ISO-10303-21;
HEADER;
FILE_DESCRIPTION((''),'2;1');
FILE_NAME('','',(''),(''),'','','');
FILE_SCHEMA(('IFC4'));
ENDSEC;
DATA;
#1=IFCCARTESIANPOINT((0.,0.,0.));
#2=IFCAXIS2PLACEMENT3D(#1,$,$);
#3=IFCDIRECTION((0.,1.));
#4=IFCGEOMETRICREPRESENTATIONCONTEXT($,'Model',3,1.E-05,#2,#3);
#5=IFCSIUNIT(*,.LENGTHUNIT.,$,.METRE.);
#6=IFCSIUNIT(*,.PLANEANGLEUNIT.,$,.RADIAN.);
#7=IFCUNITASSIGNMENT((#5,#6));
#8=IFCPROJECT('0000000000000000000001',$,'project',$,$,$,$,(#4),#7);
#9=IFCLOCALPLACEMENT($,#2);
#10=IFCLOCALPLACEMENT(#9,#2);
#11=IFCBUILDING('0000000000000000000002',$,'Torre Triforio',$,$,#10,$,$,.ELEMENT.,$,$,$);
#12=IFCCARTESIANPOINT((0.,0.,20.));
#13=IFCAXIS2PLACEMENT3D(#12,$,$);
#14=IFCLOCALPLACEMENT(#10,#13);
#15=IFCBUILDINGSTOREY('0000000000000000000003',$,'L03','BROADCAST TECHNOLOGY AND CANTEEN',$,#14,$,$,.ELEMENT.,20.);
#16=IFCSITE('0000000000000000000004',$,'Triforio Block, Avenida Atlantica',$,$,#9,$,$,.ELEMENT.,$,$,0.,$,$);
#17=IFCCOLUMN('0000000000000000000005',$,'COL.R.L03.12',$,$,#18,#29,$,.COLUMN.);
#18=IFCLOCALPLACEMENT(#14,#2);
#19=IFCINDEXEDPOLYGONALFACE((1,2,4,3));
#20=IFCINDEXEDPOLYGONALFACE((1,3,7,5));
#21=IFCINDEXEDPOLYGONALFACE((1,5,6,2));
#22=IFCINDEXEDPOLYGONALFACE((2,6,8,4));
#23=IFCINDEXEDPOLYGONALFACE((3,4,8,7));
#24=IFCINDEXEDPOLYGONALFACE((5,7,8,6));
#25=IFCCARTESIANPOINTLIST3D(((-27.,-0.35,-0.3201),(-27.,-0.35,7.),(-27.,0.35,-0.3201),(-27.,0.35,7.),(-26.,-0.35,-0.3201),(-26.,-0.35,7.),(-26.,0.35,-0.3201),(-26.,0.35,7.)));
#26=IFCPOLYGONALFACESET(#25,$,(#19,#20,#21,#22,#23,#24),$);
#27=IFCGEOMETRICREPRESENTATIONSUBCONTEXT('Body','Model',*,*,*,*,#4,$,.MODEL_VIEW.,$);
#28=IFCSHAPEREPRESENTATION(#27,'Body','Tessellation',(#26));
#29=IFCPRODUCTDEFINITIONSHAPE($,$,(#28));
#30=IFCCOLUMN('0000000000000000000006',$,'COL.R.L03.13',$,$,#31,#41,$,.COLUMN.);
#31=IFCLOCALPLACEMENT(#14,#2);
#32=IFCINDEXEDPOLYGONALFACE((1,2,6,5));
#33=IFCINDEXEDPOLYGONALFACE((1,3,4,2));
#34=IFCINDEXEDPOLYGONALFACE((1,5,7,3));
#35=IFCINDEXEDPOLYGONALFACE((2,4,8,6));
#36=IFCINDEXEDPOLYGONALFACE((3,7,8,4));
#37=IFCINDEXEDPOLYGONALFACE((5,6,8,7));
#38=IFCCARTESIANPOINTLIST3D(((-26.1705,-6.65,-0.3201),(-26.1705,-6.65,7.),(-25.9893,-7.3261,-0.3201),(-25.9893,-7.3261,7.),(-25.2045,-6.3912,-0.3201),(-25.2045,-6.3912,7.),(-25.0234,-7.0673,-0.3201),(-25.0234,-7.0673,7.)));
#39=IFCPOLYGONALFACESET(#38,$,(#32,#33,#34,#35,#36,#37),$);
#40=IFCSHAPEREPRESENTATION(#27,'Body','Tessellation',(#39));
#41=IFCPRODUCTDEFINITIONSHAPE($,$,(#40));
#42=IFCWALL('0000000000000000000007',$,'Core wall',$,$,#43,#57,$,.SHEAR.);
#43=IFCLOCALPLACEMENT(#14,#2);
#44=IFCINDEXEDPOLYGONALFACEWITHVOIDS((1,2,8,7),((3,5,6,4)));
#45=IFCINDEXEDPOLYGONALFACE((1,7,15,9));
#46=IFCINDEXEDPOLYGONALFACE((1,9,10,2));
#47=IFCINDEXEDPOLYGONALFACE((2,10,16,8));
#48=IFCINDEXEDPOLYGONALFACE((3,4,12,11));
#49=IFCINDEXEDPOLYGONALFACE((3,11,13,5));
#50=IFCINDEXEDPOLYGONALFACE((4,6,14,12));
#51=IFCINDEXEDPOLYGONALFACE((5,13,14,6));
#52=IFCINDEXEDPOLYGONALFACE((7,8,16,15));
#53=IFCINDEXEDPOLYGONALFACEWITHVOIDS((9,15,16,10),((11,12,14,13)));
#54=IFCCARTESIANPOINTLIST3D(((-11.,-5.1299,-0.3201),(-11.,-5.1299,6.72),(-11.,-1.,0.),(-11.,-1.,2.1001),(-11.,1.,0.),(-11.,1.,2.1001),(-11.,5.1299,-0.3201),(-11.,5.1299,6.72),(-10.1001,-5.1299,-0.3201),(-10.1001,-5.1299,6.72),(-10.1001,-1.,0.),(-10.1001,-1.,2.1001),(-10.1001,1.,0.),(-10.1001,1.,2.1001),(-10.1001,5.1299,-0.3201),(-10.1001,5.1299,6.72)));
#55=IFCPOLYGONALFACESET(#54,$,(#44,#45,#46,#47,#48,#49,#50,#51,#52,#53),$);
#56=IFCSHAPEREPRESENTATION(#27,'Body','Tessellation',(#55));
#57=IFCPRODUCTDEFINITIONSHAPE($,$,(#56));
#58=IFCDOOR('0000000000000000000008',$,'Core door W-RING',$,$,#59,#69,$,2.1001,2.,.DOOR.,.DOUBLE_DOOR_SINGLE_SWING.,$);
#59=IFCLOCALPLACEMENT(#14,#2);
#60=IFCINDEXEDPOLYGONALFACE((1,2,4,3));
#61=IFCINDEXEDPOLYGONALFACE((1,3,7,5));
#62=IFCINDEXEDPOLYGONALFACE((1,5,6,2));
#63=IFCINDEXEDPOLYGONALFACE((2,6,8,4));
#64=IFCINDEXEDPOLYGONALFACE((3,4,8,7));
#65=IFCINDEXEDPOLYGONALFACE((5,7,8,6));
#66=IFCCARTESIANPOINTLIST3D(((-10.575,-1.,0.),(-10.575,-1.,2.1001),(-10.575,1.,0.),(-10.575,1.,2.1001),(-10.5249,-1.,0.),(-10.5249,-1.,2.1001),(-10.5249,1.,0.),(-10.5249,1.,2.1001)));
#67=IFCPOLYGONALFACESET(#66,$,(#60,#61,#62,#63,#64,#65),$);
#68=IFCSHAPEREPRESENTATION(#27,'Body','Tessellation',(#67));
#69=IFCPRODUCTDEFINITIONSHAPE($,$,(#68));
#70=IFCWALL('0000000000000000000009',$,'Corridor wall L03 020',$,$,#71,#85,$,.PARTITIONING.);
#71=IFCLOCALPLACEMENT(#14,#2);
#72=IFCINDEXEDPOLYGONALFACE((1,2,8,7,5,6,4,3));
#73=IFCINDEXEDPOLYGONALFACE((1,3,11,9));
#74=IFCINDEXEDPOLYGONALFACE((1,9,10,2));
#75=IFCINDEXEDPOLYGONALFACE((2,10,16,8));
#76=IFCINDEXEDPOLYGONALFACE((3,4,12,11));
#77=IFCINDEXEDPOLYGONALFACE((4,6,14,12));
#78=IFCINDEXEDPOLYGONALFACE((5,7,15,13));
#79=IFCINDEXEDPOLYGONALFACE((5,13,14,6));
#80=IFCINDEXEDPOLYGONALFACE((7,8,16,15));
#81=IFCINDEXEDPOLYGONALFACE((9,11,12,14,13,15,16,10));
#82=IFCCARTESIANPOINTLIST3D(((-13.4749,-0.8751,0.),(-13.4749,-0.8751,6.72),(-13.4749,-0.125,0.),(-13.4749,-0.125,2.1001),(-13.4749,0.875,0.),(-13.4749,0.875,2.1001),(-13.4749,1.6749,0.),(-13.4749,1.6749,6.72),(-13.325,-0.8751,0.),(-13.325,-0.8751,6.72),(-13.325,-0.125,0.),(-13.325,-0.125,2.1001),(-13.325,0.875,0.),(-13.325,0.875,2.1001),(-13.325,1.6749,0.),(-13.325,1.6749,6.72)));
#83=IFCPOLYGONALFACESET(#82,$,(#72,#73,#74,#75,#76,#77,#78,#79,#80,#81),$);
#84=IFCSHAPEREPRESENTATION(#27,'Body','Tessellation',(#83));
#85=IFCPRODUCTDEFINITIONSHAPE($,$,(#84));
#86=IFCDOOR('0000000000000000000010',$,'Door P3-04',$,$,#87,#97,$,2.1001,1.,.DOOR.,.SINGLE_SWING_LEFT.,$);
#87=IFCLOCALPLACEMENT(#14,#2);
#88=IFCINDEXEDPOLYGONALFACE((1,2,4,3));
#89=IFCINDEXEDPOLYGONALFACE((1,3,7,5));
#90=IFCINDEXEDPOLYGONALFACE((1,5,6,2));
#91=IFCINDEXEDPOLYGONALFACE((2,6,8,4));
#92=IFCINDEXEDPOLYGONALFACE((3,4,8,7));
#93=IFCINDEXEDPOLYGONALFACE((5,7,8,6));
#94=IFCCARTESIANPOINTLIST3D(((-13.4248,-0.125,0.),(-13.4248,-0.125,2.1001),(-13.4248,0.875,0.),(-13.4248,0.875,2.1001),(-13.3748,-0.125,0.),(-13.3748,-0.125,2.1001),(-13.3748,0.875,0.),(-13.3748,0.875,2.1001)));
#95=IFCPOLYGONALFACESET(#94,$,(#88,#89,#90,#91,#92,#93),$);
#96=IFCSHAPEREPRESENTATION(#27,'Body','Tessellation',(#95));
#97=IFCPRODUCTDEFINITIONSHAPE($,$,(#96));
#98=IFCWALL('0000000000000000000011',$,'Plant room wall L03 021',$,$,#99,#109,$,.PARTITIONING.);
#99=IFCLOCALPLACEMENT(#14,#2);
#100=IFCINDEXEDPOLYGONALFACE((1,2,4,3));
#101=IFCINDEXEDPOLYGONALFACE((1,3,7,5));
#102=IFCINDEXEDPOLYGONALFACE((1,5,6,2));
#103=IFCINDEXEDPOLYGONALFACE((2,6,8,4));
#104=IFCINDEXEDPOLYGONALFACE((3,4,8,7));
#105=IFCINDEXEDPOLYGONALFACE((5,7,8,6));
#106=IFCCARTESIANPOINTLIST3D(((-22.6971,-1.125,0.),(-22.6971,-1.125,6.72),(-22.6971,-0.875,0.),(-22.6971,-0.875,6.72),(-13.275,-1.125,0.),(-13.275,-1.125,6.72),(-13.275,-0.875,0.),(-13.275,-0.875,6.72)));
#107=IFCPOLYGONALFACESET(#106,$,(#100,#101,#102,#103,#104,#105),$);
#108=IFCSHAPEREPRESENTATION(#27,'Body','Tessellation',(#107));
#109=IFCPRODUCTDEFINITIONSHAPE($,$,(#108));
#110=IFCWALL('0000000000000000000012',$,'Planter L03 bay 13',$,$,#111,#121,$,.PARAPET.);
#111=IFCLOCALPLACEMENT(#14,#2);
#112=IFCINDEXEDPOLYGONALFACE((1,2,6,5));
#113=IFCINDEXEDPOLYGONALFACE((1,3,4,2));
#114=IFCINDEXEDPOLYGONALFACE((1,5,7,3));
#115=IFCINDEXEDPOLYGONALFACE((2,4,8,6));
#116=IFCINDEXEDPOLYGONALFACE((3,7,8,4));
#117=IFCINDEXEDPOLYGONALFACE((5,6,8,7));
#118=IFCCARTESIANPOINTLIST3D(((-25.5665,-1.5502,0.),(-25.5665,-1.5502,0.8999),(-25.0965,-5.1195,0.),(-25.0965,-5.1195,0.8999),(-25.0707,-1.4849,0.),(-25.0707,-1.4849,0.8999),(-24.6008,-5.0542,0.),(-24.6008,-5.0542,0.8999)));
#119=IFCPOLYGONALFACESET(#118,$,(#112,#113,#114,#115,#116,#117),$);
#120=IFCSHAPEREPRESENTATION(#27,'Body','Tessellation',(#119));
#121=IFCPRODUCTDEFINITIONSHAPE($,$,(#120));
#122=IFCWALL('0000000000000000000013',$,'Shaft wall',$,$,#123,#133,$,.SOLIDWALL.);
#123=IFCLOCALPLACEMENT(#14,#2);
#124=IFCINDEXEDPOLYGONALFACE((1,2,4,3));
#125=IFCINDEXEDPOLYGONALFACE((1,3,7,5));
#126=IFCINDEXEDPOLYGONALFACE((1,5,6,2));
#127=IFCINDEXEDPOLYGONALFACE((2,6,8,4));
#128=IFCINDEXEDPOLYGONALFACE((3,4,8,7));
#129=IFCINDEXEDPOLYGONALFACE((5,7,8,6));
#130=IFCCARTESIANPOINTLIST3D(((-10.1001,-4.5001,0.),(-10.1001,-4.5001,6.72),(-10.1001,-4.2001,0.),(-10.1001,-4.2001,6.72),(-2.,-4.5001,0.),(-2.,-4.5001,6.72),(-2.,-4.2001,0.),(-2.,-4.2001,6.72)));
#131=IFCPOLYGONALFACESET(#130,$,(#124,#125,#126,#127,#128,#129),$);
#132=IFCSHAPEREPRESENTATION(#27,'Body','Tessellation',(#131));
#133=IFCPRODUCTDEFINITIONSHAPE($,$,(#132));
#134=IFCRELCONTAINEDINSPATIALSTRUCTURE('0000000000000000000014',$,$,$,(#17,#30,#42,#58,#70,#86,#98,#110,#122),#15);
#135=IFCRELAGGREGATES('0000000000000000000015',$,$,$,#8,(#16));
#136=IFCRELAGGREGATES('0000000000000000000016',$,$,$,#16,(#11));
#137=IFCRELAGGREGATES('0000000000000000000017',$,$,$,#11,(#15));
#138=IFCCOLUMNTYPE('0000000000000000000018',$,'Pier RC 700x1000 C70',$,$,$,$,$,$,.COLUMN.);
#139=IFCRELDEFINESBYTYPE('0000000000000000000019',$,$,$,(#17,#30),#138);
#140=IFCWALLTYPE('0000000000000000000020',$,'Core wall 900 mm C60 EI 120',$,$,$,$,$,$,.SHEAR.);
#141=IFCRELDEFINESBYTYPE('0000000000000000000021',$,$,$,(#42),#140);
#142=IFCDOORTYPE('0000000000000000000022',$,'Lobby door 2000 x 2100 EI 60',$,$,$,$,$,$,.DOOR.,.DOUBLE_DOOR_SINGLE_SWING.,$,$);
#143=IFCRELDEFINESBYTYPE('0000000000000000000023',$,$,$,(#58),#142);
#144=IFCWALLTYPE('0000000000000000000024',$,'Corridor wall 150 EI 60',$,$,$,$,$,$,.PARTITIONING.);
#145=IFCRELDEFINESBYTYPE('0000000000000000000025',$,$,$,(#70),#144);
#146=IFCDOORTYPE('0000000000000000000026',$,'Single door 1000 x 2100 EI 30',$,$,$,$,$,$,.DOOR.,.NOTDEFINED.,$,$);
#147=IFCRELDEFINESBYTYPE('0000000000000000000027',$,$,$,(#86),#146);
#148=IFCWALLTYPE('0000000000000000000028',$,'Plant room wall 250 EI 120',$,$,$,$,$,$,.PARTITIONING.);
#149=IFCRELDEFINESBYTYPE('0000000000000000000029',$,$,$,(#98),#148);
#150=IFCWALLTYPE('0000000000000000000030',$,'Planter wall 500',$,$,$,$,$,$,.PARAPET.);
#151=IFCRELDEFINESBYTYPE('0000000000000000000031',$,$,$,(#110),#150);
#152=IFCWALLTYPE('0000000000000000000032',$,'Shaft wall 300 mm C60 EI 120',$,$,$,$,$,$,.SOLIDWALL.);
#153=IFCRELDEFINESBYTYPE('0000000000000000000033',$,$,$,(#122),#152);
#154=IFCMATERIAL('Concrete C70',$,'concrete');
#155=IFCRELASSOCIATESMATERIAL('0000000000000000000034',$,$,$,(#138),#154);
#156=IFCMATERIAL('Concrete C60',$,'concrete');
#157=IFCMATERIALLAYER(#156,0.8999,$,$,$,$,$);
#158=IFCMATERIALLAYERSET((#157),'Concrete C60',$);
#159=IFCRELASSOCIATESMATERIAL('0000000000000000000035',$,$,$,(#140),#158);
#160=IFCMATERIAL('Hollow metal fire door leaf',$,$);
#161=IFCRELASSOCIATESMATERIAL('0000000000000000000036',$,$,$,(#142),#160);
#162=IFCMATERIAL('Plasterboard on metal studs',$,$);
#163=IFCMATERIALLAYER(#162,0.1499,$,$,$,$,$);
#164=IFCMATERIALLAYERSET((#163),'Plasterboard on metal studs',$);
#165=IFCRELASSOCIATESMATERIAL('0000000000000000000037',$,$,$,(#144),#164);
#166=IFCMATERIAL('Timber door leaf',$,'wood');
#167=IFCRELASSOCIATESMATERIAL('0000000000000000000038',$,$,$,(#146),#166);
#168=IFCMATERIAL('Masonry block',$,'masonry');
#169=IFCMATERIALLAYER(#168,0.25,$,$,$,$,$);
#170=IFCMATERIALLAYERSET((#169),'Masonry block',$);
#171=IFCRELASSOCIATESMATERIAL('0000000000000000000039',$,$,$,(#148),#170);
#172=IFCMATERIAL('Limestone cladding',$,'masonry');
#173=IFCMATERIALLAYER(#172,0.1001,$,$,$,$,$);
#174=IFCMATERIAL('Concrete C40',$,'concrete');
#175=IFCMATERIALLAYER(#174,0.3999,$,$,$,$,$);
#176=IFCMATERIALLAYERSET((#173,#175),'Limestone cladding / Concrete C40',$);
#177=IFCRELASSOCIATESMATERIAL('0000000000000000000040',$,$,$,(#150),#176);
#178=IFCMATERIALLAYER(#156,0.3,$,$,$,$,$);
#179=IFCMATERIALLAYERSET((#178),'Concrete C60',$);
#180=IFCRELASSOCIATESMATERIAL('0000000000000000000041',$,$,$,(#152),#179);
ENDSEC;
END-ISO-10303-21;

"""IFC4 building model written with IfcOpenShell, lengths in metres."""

from ifc_helpers import new_model, si_unit, direction, frame, frame_2d, origin, origin_2d, place, context, subcontext, project, spatial, rectangle, extrude, material, layer, layer_set, material_profile, profile_set, type_object, element, fill, save


model = new_model("IFC4")

# Units and contexts
model_context = context("Model", 3, precision=1e-05, world=origin(), true_north=direction((0.0, 1.0)))
body_context = subcontext(model_context, "Body", "Model", "MODEL_VIEW")
ifc_project = project(units=[si_unit("LENGTHUNIT", "METRE"), si_unit("PLANEANGLEUNIT", "RADIAN")], contexts=[model_context])

# Site, building, storey
site_placement = place(None, origin())
site = spatial("IfcSite", under=ifc_project, at=site_placement, Name="Triforio Block, Avenida Atlantica", CompositionType="ELEMENT", RefElevation=0.0)
building_placement = place(site_placement, origin())
building = spatial("IfcBuilding", under=site, at=building_placement, Name="Torre Triforio", CompositionType="ELEMENT")
storey_placement = place(building_placement, frame((0.0, 0.0, 20.0)))
storey = spatial("IfcBuildingStorey", under=building, at=storey_placement, Name="L03", Description="BROADCAST TECHNOLOGY AND CANTEEN", CompositionType="ELEMENT", Elevation=20.0)

# Columns
ifc_material_1 = material(Name="Concrete C70", Category="concrete")
ifc_material_profile_1 = material_profile(ifc_material_1, rectangle(XDim=0.7, YDim=1.0, at=origin_2d()), Name="RC 700x1000")
ifc_profile_set_1 = profile_set([ifc_material_profile_1], Name="Concrete C70")
column_type = type_object("IfcColumnType", Name="Pier RC 700x1000 C70", PredefinedType="COLUMN", material=ifc_profile_set_1)
for number, where, z_axis, x_axis, name in (
    (1, (-26.5, 0.0, -0.3201), (0.0, 0.0, 1.0), (0.0, -1.0, 0.0), "COL.R.L03.12"),
    (2, (-25.5969, -6.8586, -0.3201), (0.0, 0.0, 1.0), (0.258819, -0.965926, 0.0), "COL.R.L03.13"),
):
    element("IfcColumn", number, at=place(storey_placement, frame(where, z_axis=z_axis, x_axis=x_axis)), inside=storey, type_object=column_type, Name=name, PredefinedType="COLUMN", context=body_context, shape_type="SweptSolid", body=[
        extrude(rectangle(XDim=0.7, YDim=1.0, at=origin_2d()), origin(), (0.0, 0.0, 1.0), 7.3201),
    ])

# Walls, openings, doors
ifc_material_2 = material(Name="Concrete C60", Category="concrete")
ifc_layer_1 = layer(ifc_material_2, 0.8999)
ifc_layer_set_1 = layer_set([ifc_layer_1], Name="Concrete C60")
wall_type_1 = type_object("IfcWallType", Name="Core wall 900 mm C60 EI 120", PredefinedType="SHEAR", material=ifc_layer_set_1)
wall_1_placement = place(storey_placement, frame((-10.55, -5.1299, -0.3201), z_axis=(0.0, 0.0, 1.0), x_axis=(0.0, 1.0, 0.0)))
wall_1 = element("IfcWall", 3, at=wall_1_placement, inside=storey, type_object=wall_type_1, Name="Core wall", PredefinedType="SHEAR", context=body_context, shape_type="SweptSolid", body=[
    extrude(rectangle(XDim=10.2598, YDim=0.8999, at=frame_2d((5.1299, 0.0))), origin(), (0.0, 0.0, 1.0), 7.04),
])
opening_1_placement = place(wall_1_placement, frame((4.1299, 0.0, 0.3201)))
opening_1 = element("IfcOpeningElement", 4, at=opening_1_placement, cuts=wall_1, PredefinedType="OPENING", context=body_context, shape_type="SweptSolid", body=[
    extrude(rectangle(XDim=2.0, YDim=2.1001, at=frame_2d((1.0, 1.05))), frame((0.0, 0.46, 0.0), z_axis=(0.0, -1.0, 0.0), x_axis=(1.0, 0.0, 0.0)), (0.0, 0.0, 1.0), 0.9199),
])
ifc_material_3 = material(Name="Hollow metal fire door leaf")
door_type_1 = type_object("IfcDoorType", Name="Lobby door 2000 x 2100 EI 60", OperationType="DOUBLE_DOOR_SINGLE_SWING", PredefinedType="DOOR", material=ifc_material_3)
door_1_placement = place(opening_1_placement, origin())
door_1 = element("IfcDoor", 5, at=door_1_placement, inside=storey, type_object=door_type_1, Name="Core door W-RING", OperationType="DOUBLE_DOOR_SINGLE_SWING", OverallHeight=2.1001, OverallWidth=2.0, PredefinedType="DOOR", context=body_context, shape_type="SweptSolid", body=[
    extrude(rectangle(XDim=2.0, YDim=2.1001, at=frame_2d((1.0, 1.05))), frame((0.0, 0.0249, 0.0), z_axis=(0.0, -1.0, 0.0), x_axis=(1.0, 0.0, 0.0)), (0.0, 0.0, 1.0), 0.05),
])
fill(opening_1, door_1)
ifc_material_4 = material(Name="Plasterboard on metal studs")
ifc_layer_2 = layer(ifc_material_4, 0.1499)
ifc_layer_set_2 = layer_set([ifc_layer_2], Name="Plasterboard on metal studs")
wall_type_2 = type_object("IfcWallType", Name="Corridor wall 150 EI 60", PredefinedType="PARTITIONING", material=ifc_layer_set_2)
wall_2_placement = place(storey_placement, frame((-13.3999, -0.875, 0.0), z_axis=(0.0, 0.0, 1.0), x_axis=(0.0, 1.0, 0.0)))
wall_2 = element("IfcWall", 6, at=wall_2_placement, inside=storey, type_object=wall_type_2, Name="Corridor wall L03 020", PredefinedType="PARTITIONING", context=body_context, shape_type="SweptSolid", body=[
    extrude(rectangle(XDim=2.55, YDim=0.1499, at=frame_2d((1.2749, 0.0))), origin(), (0.0, 0.0, 1.0), 6.72),
])
opening_2_placement = place(wall_2_placement, frame((0.75, 0.0, 0.0)))
opening_2 = element("IfcOpeningElement", 7, at=opening_2_placement, cuts=wall_2, PredefinedType="OPENING", context=body_context, shape_type="SweptSolid", body=[
    extrude(rectangle(XDim=1.0, YDim=2.1001, at=frame_2d((0.5, 1.05))), frame((0.0, 0.085, 0.0), z_axis=(0.0, -1.0, 0.0), x_axis=(1.0, 0.0, 0.0)), (0.0, 0.0, 1.0), 0.1699),
])
ifc_material_5 = material(Name="Timber door leaf", Category="wood")
door_type_2 = type_object("IfcDoorType", Name="Single door 1000 x 2100 EI 30", OperationType="NOTDEFINED", PredefinedType="DOOR", material=ifc_material_5)
door_2_placement = place(opening_2_placement, origin())
door_2 = element("IfcDoor", 8, at=door_2_placement, inside=storey, type_object=door_type_2, Name="Door P3-04", OperationType="SINGLE_SWING_LEFT", OverallHeight=2.1001, OverallWidth=1.0, PredefinedType="DOOR", context=body_context, shape_type="SweptSolid", body=[
    extrude(rectangle(XDim=1.0, YDim=2.1001, at=frame_2d((0.5, 1.05))), frame((0.0, 0.0249, 0.0), z_axis=(0.0, -1.0, 0.0), x_axis=(1.0, 0.0, 0.0)), (0.0, 0.0, 1.0), 0.05),
])
fill(opening_2, door_2)

# Walls
ifc_material_6 = material(Name="Masonry block", Category="masonry")
ifc_layer_3 = layer(ifc_material_6, 0.25)
ifc_layer_set_3 = layer_set([ifc_layer_3], Name="Masonry block")
wall_type_3 = type_object("IfcWallType", Name="Plant room wall 250 EI 120", PredefinedType="PARTITIONING", material=ifc_layer_set_3)
wall_3_placement = place(storey_placement, frame((-22.697, -1.0, 0.0), z_axis=(0.0, 0.0, 1.0), x_axis=(1.0, 0.0, 0.0)))
element("IfcWall", 9, at=wall_3_placement, inside=storey, type_object=wall_type_3, Name="Plant room wall L03 021", PredefinedType="PARTITIONING", context=body_context, shape_type="SweptSolid", body=[
    extrude(rectangle(XDim=9.4221, YDim=0.25, at=frame_2d((4.7109, 0.0))), origin(), (0.0, 0.0, 1.0), 6.72),
])
ifc_material_7 = material(Name="Limestone cladding", Category="masonry")
ifc_layer_4 = layer(ifc_material_7, 0.1001)
ifc_material_8 = material(Name="Concrete C40", Category="concrete")
ifc_layer_5 = layer(ifc_material_8, 0.3999)
ifc_layer_set_4 = layer_set([ifc_layer_4, ifc_layer_5], Name="Limestone cladding / Concrete C40")
wall_type_4 = type_object("IfcWallType", Name="Planter wall 500", PredefinedType="PARAPET", material=ifc_layer_set_4)
wall_4_placement = place(storey_placement, frame((-25.3186, -1.5176, 0.0), z_axis=(0.0, 0.0, 1.0), x_axis=(0.130542, -0.991443, 0.0)))
element("IfcWall", 10, at=wall_4_placement, inside=storey, type_object=wall_type_4, Name="Planter L03 bay 13", PredefinedType="PARAPET", context=body_context, shape_type="SweptSolid", body=[
    extrude(rectangle(XDim=3.6001, YDim=0.5, at=frame_2d((1.8, 0.0))), origin(), (0.0, 0.0, 1.0), 0.8999),
])
ifc_layer_6 = layer(ifc_material_2, 0.3)
ifc_layer_set_5 = layer_set([ifc_layer_6], Name="Concrete C60")
wall_type_5 = type_object("IfcWallType", Name="Shaft wall 300 mm C60 EI 120", PredefinedType="SOLIDWALL", material=ifc_layer_set_5)
wall_5_placement = place(storey_placement, frame((-10.1001, -4.3501, 0.0), z_axis=(0.0, 0.0, 1.0), x_axis=(1.0, 0.0, 0.0)))
element("IfcWall", 11, at=wall_5_placement, inside=storey, type_object=wall_type_5, Name="Shaft wall", PredefinedType="SOLIDWALL", context=body_context, shape_type="SweptSolid", body=[
    extrude(rectangle(XDim=8.1001, YDim=0.3, at=frame_2d((4.05, 0.0))), origin(), (0.0, 0.0, 1.0), 6.72),
])

save(model, "model.ifc")
